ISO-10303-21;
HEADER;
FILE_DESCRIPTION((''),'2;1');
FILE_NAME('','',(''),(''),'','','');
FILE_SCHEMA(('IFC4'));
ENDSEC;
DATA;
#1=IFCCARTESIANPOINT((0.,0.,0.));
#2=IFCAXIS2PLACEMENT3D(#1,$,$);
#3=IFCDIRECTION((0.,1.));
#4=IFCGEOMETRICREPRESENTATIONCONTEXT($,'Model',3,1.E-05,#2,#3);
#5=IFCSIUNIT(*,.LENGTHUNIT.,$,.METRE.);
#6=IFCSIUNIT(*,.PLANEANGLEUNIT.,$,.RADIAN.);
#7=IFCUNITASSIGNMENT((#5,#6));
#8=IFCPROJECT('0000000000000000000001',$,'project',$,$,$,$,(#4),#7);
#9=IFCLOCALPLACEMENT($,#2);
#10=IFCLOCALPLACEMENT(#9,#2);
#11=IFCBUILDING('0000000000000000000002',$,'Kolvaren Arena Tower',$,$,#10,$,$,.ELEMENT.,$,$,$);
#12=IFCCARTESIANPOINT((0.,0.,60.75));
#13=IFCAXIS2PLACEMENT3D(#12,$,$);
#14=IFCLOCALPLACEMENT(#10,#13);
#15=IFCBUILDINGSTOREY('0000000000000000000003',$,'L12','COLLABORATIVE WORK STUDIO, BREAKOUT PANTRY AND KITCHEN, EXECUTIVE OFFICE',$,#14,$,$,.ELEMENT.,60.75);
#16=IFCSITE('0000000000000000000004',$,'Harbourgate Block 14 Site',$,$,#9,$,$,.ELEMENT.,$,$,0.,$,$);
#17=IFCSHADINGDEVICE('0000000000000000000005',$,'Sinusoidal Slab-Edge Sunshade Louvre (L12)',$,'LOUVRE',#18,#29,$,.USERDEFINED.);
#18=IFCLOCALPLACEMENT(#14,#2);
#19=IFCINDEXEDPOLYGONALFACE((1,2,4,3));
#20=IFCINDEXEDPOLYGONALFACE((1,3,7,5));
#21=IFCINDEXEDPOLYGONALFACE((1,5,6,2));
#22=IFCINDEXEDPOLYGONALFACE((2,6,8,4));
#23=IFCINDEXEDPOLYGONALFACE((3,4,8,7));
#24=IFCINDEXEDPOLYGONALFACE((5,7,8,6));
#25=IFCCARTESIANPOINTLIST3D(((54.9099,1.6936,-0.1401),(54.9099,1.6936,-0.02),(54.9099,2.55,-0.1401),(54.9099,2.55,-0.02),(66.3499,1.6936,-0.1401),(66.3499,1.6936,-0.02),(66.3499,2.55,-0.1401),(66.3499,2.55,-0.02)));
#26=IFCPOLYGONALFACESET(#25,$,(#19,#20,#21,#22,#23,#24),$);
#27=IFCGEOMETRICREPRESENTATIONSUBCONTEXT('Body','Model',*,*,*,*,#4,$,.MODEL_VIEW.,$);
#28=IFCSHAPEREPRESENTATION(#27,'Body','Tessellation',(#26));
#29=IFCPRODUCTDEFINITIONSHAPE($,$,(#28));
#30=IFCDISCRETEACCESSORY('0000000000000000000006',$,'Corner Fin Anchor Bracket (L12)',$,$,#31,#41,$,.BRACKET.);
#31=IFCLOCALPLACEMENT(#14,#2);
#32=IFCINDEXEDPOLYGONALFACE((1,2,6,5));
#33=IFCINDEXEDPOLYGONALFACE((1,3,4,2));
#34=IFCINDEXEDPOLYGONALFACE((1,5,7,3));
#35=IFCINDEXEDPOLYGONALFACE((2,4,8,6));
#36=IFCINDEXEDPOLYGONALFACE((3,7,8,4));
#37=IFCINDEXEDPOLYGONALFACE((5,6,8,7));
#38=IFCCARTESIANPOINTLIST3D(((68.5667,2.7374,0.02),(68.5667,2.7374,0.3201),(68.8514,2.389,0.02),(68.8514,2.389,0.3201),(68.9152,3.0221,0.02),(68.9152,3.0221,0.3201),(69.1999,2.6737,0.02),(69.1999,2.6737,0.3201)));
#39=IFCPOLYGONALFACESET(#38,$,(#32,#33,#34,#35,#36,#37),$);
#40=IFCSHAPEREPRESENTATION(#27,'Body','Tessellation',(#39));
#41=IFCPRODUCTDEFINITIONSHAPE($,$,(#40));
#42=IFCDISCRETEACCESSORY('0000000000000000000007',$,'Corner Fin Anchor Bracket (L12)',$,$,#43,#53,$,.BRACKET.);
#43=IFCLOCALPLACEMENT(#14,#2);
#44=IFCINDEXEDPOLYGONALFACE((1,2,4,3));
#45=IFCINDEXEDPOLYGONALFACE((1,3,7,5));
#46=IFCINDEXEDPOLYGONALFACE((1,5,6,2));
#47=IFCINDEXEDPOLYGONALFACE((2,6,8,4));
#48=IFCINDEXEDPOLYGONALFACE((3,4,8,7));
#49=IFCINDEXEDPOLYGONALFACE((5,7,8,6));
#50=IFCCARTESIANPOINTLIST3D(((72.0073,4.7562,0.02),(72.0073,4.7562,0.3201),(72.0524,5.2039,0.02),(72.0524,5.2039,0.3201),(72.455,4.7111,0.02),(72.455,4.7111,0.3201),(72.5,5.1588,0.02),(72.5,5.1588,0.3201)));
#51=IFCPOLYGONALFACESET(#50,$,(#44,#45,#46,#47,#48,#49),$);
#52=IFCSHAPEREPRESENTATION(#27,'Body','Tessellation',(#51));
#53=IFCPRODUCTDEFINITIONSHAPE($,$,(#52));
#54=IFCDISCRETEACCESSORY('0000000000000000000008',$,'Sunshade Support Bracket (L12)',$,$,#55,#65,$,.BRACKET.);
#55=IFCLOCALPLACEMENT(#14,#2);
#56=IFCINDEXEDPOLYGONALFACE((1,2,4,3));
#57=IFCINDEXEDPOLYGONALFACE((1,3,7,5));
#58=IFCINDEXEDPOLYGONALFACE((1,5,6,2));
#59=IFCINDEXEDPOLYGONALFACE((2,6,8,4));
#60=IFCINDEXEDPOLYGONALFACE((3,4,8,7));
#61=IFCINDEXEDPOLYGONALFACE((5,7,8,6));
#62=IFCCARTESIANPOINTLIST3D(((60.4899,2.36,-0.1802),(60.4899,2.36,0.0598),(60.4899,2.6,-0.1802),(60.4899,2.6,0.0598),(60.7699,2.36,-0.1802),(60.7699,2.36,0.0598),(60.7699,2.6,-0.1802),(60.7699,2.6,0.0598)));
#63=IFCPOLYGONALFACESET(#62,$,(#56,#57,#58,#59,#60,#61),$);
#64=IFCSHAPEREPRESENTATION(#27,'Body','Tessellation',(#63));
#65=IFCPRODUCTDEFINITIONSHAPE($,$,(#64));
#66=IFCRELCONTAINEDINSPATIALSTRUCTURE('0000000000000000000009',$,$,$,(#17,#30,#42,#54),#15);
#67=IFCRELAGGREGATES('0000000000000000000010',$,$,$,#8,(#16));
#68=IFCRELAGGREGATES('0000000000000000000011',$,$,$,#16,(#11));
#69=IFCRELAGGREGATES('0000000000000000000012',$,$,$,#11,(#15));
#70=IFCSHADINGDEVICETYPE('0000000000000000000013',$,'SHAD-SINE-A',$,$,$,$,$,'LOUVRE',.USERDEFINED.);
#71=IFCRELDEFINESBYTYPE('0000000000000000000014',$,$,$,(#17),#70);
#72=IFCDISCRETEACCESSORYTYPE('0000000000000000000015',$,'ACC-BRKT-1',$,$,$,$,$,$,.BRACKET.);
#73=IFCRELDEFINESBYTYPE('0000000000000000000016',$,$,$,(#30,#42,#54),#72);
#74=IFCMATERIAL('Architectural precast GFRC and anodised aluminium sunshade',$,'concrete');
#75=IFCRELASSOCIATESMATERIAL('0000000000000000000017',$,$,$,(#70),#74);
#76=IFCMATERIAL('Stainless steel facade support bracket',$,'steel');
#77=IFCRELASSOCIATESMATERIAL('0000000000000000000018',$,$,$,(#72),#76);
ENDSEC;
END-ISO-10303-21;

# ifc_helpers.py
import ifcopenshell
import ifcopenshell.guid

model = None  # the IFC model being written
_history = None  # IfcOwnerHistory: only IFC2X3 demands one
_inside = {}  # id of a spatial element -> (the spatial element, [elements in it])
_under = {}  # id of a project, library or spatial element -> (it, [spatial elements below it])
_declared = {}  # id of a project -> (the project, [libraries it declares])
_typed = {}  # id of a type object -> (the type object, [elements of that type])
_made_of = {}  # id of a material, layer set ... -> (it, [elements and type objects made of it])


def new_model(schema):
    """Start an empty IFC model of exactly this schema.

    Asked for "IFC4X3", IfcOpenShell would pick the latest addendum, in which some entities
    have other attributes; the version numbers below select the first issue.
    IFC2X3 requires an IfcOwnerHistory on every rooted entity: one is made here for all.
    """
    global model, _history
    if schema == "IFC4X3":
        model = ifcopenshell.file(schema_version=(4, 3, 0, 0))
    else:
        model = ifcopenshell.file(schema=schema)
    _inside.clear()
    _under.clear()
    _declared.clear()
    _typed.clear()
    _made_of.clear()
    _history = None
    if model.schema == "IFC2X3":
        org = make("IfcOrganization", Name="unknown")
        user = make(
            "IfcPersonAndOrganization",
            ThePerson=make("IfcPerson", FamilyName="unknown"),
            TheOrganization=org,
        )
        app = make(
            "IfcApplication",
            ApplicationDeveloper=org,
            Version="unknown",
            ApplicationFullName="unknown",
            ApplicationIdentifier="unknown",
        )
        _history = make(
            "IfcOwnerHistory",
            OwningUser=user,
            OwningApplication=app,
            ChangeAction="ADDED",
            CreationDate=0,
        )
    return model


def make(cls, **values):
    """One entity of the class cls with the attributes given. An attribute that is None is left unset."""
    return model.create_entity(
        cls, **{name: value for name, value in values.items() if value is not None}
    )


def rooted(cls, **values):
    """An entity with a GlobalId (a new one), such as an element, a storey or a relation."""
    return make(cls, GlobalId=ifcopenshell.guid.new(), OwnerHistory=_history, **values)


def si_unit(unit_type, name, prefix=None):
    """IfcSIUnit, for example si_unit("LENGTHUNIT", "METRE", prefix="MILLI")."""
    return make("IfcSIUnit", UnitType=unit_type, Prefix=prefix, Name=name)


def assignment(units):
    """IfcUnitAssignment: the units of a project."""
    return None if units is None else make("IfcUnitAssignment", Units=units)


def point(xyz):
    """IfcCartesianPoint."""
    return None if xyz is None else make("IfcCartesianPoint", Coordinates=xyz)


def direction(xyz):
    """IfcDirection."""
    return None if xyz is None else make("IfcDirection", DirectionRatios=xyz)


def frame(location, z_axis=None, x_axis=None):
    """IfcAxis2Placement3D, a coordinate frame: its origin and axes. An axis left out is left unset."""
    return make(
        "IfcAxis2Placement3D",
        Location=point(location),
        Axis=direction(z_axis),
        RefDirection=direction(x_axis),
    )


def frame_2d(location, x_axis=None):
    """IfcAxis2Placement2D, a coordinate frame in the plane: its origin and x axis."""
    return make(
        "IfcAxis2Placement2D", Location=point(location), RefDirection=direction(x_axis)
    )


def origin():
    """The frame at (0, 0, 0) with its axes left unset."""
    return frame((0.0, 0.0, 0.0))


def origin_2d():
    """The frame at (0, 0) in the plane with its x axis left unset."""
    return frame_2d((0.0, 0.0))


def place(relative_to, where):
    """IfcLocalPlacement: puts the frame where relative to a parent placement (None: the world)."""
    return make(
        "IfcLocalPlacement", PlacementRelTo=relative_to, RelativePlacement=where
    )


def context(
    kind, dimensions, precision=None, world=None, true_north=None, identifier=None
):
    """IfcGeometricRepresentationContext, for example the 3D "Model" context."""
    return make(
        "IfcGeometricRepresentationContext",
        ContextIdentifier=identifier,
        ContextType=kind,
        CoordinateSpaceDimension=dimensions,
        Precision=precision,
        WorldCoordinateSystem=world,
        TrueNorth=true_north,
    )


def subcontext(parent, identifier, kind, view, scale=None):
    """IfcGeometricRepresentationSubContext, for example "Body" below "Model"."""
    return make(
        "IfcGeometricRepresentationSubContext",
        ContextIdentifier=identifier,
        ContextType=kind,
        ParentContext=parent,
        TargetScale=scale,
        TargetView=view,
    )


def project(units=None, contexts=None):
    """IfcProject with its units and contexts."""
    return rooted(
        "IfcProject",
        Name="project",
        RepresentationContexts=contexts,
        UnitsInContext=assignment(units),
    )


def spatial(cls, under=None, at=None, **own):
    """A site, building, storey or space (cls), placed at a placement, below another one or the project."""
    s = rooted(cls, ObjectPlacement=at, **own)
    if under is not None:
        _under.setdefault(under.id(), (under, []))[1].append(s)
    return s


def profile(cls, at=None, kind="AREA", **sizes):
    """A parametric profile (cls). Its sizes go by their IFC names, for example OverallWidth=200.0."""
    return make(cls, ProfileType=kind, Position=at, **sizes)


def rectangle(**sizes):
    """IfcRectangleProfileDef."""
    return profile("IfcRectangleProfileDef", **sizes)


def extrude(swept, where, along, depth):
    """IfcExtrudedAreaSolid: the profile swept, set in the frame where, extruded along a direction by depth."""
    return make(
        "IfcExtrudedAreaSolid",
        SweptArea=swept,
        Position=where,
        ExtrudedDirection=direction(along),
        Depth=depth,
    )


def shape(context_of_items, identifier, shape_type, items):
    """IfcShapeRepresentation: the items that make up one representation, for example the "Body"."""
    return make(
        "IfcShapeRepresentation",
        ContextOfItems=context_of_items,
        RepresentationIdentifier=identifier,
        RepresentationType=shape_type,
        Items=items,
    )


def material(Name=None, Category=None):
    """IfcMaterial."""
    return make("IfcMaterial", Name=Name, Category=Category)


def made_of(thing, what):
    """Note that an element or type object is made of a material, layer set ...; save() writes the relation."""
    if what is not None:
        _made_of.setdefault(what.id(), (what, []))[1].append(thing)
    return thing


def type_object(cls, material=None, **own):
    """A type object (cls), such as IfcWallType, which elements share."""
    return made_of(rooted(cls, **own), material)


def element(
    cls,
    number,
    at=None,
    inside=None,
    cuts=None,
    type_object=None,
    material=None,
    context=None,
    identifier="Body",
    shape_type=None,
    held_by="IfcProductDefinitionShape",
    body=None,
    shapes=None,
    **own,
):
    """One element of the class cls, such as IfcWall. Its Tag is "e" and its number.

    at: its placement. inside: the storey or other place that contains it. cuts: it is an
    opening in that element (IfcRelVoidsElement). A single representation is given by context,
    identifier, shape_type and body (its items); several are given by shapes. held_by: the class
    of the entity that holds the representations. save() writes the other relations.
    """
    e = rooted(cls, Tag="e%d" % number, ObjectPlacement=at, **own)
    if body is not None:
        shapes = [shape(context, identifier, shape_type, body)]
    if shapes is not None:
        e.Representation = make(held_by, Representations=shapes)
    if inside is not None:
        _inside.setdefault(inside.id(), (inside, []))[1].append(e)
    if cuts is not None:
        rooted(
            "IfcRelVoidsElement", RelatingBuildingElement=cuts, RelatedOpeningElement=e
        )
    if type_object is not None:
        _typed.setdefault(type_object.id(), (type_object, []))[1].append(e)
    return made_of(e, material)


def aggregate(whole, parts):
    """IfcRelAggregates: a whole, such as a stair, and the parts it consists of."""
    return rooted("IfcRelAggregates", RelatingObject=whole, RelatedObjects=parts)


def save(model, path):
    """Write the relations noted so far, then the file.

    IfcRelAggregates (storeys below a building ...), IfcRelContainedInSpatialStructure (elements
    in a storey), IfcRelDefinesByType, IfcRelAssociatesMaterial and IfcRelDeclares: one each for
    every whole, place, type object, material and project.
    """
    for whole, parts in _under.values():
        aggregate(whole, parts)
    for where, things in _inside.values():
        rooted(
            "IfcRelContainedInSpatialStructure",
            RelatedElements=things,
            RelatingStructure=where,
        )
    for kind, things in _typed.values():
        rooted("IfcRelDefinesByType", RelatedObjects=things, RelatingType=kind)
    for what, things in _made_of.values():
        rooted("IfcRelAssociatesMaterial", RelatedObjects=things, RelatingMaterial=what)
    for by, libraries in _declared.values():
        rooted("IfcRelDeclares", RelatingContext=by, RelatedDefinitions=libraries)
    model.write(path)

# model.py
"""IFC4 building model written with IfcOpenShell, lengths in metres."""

from ifc_helpers import new_model, si_unit, direction, frame, origin, origin_2d, place, context, subcontext, project, spatial, rectangle, extrude, material, type_object, element, save


model = new_model("IFC4")

# Units and contexts
model_context = context("Model", 3, precision=1e-05, world=origin(), true_north=direction((0.0, 1.0)))
body_context = subcontext(model_context, "Body", "Model", "MODEL_VIEW")
ifc_project = project(units=[si_unit("LENGTHUNIT", "METRE"), si_unit("PLANEANGLEUNIT", "RADIAN")], contexts=[model_context])

# Site, building, storey
site_placement = place(None, origin())
site = spatial("IfcSite", under=ifc_project, at=site_placement, Name="Harbourgate Block 14 Site", CompositionType="ELEMENT", RefElevation=0.0)
building_placement = place(site_placement, origin())
building = spatial("IfcBuilding", under=site, at=building_placement, Name="Kolvaren Arena Tower", CompositionType="ELEMENT")
storey_placement = place(building_placement, frame((0.0, 0.0, 60.75)))
storey = spatial("IfcBuildingStorey", under=building, at=storey_placement, Name="L12", Description="COLLABORATIVE WORK STUDIO, BREAKOUT PANTRY AND KITCHEN, EXECUTIVE OFFICE", CompositionType="ELEMENT", Elevation=60.75)

# Shading device
ifc_material_1 = material(Name="Architectural precast GFRC and anodised aluminium sunshade", Category="concrete")
shading_device_type_1 = type_object("IfcShadingDeviceType", Name="SHAD-SINE-A", ElementType="LOUVRE", PredefinedType="USERDEFINED", material=ifc_material_1)
shading_device_placement = place(storey_placement, frame((60.6299, 2.1218, -0.1401), z_axis=(0.0, 0.0, 1.0), x_axis=(-1.0, 0.0, 0.0)))
element("IfcShadingDevice", 1, at=shading_device_placement, inside=storey, type_object=shading_device_type_1, Name="Sinusoidal Slab-Edge Sunshade Louvre (L12)", ObjectType="LOUVRE", PredefinedType="USERDEFINED", context=body_context, shape_type="SweptSolid", body=[
    extrude(rectangle(XDim=11.4399, YDim=0.8564, at=origin_2d()), origin(), (0.0, 0.0, 1.0), 0.1201),
])

# Discrete accessories
ifc_material_2 = material(Name="Stainless steel facade support bracket", Category="steel")
discrete_accessory_type = type_object("IfcDiscreteAccessoryType", Name="ACC-BRKT-1", PredefinedType="BRACKET", material=ifc_material_2)
for number, where, z_axis, x_axis, name in (
    (2, (68.8833, 2.7056, 0.02), (0.0, 0.0, 1.0), (0.632723, -0.774378, 0.0), "Corner Fin Anchor Bracket (L12)"),
    (3, (72.2537, 4.9575, 0.02), (0.0, 0.0, 1.0), (0.994972, -0.100155, 0.0), "Corner Fin Anchor Bracket (L12)"),
):
    element("IfcDiscreteAccessory", number, at=place(storey_placement, frame(where, z_axis=z_axis, x_axis=x_axis)), inside=storey, type_object=discrete_accessory_type, Name=name, PredefinedType="BRACKET", context=body_context, shape_type="SweptSolid", body=[
        extrude(rectangle(XDim=0.45, YDim=0.45, at=origin_2d()), origin(), (0.0, 0.0, 1.0), 0.3),
    ])
discrete_accessory_placement = place(storey_placement, frame((60.6299, 2.48, -0.1802), z_axis=(0.0, 0.0, 1.0), x_axis=(-1.0, 0.0, 0.0)))
element("IfcDiscreteAccessory", 4, at=discrete_accessory_placement, inside=storey, type_object=discrete_accessory_type, Name="Sunshade Support Bracket (L12)", PredefinedType="BRACKET", context=body_context, shape_type="SweptSolid", body=[
    extrude(rectangle(XDim=0.28, YDim=0.24, at=origin_2d()), origin(), (0.0, 0.0, 1.0), 0.24),
])

save(model, "model.ifc")
